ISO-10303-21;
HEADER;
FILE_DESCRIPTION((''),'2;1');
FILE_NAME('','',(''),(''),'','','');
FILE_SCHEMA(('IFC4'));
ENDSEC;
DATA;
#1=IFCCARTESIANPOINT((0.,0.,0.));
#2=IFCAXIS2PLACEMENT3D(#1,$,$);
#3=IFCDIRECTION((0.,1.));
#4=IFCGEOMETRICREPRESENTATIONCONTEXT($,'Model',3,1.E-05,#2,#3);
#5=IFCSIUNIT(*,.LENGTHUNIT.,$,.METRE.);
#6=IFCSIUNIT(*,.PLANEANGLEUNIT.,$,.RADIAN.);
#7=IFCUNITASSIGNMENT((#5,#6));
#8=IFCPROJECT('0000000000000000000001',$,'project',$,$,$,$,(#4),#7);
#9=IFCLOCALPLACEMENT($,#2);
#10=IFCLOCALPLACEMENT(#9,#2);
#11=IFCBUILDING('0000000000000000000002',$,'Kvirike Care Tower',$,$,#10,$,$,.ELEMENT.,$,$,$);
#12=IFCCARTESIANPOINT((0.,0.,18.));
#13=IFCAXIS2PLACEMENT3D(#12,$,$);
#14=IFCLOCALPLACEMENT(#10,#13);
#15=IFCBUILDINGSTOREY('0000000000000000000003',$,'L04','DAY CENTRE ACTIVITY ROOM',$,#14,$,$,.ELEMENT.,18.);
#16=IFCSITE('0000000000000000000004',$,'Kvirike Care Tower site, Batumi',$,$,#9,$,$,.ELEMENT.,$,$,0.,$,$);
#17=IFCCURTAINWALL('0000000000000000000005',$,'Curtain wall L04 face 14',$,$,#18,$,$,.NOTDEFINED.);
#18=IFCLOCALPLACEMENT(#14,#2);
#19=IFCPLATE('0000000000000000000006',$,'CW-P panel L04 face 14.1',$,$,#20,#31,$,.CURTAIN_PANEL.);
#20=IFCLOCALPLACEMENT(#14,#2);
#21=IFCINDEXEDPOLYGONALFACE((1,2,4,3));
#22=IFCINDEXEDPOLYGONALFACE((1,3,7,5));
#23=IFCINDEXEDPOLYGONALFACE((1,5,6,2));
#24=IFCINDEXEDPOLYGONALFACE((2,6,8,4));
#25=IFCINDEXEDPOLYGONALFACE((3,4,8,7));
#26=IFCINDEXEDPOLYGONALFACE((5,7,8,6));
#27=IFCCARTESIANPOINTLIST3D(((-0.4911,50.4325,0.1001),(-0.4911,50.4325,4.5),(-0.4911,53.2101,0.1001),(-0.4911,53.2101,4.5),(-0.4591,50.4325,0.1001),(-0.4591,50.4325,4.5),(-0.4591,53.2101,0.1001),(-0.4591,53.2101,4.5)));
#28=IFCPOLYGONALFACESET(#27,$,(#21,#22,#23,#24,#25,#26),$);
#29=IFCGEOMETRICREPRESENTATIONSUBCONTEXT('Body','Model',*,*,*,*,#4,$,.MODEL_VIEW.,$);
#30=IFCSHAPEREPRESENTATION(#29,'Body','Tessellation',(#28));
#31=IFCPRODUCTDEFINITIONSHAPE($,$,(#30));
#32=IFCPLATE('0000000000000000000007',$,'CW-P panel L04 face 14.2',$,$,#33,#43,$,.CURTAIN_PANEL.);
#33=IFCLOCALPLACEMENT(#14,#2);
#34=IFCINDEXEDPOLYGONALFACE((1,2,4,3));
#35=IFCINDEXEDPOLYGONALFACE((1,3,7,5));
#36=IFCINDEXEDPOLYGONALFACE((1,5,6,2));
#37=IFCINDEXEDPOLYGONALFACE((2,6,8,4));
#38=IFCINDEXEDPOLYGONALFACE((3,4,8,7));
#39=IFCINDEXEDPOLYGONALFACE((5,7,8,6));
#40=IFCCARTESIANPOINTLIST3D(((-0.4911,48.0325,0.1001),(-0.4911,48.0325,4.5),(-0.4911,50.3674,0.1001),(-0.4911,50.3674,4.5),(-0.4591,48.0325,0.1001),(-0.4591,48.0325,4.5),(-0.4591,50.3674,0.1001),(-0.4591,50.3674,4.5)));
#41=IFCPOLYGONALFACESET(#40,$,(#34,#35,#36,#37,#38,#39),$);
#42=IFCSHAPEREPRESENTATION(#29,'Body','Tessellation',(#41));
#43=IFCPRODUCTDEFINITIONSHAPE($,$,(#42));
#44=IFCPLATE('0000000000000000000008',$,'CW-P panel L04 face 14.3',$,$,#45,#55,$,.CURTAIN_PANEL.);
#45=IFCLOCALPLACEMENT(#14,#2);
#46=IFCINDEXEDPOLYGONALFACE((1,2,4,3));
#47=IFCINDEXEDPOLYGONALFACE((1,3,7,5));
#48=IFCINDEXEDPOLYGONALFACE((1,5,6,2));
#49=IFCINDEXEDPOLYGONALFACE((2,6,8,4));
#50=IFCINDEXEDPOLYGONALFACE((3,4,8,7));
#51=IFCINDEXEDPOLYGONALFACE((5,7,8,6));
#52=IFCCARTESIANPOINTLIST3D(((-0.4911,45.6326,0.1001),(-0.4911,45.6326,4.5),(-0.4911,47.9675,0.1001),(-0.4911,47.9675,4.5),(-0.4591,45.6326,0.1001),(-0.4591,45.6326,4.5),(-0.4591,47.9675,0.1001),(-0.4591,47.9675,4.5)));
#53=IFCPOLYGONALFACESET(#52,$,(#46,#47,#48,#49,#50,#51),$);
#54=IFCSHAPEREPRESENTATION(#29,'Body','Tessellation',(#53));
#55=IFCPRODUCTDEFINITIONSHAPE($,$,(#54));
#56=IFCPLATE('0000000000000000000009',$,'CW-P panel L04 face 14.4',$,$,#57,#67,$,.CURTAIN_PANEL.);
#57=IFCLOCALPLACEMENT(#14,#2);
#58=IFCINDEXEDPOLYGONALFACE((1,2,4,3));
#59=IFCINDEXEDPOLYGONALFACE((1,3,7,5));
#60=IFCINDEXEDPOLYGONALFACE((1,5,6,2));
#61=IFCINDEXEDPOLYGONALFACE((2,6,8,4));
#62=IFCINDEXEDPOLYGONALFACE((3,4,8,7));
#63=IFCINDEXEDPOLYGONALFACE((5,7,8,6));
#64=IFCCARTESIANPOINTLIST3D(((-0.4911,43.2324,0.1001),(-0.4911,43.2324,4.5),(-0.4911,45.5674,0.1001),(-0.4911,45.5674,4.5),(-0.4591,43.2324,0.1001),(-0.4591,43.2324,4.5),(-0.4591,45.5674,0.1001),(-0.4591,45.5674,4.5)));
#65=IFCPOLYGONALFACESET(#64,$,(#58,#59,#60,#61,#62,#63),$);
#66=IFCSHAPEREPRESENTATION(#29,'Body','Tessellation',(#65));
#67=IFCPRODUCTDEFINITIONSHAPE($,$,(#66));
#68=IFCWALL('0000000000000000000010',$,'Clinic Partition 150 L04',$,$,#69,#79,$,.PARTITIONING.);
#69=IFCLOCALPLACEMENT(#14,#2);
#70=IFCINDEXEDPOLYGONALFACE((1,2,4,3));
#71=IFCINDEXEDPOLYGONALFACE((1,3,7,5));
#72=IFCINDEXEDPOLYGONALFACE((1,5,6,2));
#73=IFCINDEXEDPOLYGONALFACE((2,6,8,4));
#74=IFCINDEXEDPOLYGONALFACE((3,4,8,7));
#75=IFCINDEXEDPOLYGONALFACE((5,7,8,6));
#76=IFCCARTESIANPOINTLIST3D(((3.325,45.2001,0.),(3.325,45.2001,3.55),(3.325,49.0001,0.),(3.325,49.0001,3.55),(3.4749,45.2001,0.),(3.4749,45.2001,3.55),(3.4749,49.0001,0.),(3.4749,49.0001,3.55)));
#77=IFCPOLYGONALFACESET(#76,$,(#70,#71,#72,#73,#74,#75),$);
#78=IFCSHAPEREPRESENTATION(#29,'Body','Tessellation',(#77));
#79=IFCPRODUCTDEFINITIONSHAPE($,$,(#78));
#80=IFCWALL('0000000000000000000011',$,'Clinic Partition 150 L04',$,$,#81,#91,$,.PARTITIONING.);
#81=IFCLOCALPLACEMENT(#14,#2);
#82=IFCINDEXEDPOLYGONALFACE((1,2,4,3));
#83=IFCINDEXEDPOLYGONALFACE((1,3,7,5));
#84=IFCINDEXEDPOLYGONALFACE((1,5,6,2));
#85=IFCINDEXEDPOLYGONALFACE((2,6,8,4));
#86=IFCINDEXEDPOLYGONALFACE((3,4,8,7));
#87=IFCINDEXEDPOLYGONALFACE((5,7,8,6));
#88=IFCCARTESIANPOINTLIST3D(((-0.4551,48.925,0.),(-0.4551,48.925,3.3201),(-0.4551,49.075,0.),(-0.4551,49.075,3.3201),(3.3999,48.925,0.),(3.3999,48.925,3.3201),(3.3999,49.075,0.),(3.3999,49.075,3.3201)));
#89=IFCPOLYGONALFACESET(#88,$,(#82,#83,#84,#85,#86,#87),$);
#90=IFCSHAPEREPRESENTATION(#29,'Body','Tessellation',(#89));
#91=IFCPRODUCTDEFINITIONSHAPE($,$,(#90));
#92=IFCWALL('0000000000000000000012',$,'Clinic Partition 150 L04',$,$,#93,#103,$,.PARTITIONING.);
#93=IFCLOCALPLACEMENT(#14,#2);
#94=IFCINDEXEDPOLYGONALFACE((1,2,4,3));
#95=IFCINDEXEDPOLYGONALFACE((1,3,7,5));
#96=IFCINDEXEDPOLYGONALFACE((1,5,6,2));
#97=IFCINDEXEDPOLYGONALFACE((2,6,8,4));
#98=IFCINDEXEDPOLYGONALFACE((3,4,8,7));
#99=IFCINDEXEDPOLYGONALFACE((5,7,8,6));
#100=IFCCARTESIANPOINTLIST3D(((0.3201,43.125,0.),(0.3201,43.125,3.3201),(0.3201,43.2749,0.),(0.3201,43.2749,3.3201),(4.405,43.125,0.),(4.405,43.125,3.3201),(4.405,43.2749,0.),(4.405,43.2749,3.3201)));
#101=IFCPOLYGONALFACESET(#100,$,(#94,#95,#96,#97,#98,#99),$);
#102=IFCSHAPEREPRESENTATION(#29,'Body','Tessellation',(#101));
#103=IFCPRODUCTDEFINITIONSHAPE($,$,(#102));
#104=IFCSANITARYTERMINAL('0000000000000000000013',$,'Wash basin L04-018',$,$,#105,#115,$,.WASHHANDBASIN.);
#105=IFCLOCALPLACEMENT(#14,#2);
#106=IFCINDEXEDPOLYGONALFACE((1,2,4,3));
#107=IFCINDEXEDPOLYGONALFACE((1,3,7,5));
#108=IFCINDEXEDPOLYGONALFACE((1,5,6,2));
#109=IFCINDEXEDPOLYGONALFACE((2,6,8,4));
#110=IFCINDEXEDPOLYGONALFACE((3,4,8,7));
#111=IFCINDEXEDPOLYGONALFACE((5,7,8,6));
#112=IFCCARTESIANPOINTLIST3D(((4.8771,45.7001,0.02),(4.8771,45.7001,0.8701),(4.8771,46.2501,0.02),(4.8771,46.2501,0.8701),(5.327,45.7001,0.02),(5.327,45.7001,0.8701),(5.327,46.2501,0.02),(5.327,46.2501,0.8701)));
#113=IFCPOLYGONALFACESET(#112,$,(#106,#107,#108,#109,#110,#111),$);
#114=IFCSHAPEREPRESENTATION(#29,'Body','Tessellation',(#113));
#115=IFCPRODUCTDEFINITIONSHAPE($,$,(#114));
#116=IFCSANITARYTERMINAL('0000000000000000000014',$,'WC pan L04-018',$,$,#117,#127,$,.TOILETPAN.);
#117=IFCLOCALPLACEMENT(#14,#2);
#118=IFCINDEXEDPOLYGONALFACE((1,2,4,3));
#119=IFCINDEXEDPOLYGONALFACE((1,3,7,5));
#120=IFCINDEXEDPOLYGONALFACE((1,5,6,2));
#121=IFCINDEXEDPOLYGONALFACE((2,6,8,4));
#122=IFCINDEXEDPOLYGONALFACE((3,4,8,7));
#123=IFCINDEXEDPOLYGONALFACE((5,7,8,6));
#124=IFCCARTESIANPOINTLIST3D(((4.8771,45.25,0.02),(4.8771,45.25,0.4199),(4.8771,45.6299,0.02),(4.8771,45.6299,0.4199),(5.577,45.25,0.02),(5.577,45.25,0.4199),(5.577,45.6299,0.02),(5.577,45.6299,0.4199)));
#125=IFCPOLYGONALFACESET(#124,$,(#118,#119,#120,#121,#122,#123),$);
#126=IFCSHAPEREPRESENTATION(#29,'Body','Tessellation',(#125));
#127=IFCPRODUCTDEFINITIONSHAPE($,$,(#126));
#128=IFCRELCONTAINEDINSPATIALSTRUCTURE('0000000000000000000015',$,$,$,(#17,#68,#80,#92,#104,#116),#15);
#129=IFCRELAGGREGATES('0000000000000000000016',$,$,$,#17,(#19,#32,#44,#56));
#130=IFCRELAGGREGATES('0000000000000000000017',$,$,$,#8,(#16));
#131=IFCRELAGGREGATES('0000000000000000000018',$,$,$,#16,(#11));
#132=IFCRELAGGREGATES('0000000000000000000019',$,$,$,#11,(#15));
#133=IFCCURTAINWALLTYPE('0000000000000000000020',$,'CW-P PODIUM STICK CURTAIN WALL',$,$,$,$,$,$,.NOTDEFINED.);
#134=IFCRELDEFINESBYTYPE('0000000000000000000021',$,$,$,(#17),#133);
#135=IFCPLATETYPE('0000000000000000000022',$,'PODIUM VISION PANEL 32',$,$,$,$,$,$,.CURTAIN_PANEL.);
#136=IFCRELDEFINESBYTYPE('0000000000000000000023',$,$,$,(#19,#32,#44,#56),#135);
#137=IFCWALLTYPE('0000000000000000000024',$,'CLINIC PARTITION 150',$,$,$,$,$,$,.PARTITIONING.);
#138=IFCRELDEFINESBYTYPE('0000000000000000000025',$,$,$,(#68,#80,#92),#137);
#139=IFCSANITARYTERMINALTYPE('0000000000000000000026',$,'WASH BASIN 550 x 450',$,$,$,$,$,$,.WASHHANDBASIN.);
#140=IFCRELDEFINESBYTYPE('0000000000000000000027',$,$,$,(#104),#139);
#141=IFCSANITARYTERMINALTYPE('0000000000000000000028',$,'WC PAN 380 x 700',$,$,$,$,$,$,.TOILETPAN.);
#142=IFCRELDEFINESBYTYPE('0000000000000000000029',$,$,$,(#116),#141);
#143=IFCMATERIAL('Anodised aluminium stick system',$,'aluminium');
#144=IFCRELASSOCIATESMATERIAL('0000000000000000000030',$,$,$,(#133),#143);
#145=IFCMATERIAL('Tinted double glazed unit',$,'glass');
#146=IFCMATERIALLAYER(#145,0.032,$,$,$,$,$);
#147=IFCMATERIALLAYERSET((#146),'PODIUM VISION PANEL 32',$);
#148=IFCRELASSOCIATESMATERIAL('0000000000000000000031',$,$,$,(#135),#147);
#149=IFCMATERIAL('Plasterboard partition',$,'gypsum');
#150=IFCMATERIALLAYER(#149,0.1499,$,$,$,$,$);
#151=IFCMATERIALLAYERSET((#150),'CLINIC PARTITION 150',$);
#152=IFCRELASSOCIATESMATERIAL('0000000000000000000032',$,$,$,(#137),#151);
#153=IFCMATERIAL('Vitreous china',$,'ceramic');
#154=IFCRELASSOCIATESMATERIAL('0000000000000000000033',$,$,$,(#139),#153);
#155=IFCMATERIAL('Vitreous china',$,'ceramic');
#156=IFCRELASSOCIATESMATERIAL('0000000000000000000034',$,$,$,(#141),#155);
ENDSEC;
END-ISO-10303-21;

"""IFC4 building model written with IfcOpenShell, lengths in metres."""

from ifc_helpers import new_model, si_unit, direction, frame, frame_2d, origin, origin_2d, place, context, subcontext, project, spatial, rectangle, extrude, material, layer, layer_set, type_object, element, aggregate, save


model = new_model("IFC4")

# Units and contexts
model_context = context("Model", 3, precision=1e-05, world=origin(), true_north=direction((0.0, 1.0)))
body_context = subcontext(model_context, "Body", "Model", "MODEL_VIEW")
ifc_project = project(units=[si_unit("LENGTHUNIT", "METRE"), si_unit("PLANEANGLEUNIT", "RADIAN")], contexts=[model_context])

# Site, building, storey
site_placement = place(None, origin())
site = spatial("IfcSite", under=ifc_project, at=site_placement, Name="Kvirike Care Tower site, Batumi", CompositionType="ELEMENT", RefElevation=0.0)
building_placement = place(site_placement, origin())
building = spatial("IfcBuilding", under=site, at=building_placement, Name="Kvirike Care Tower", CompositionType="ELEMENT")
storey_placement = place(building_placement, frame((0.0, 0.0, 18.0)))
storey = spatial("IfcBuildingStorey", under=building, at=storey_placement, Name="L04", Description="DAY CENTRE ACTIVITY ROOM", CompositionType="ELEMENT", Elevation=18.0)

# Curtain wall
ifc_material_1 = material(Name="Anodised aluminium stick system", Category="aluminium")
curtain_wall_type = type_object("IfcCurtainWallType", Name="CW-P PODIUM STICK CURTAIN WALL", PredefinedType="NOTDEFINED", material=ifc_material_1)
curtain_wall_placement = place(storey_placement, origin())
curtain_wall = element("IfcCurtainWall", 1, at=curtain_wall_placement, inside=storey, type_object=curtain_wall_type, Name="Curtain wall L04 face 14", PredefinedType="NOTDEFINED")

# Plates
ifc_material_2 = material(Name="Tinted double glazed unit", Category="glass")
ifc_layer_1 = layer(ifc_material_2, 0.032)
ifc_layer_set_1 = layer_set([ifc_layer_1], Name="PODIUM VISION PANEL 32")
plate_type = type_object("IfcPlateType", Name="PODIUM VISION PANEL 32", PredefinedType="CURTAIN_PANEL", material=ifc_layer_set_1)
plate_1_placement = place(storey_placement, frame((-0.4751, 51.8213, 0.1001), z_axis=(0.0, 0.0, 1.0), x_axis=(0.0, -1.0, 0.0)))
plate_1 = element("IfcPlate", 2, at=plate_1_placement, type_object=plate_type, Name="CW-P panel L04 face 14.1", PredefinedType="CURTAIN_PANEL", context=body_context, shape_type="SweptSolid", body=[
    extrude(rectangle(XDim=2.7776, YDim=0.032, at=origin_2d()), origin(), (0.0, 0.0, 1.0), 4.3999),
])
plate_2_placement = place(storey_placement, frame((-0.4751, 49.2, 0.1001), z_axis=(0.0, 0.0, 1.0), x_axis=(0.0, -1.0, 0.0)))
plate_2 = element("IfcPlate", 3, at=plate_2_placement, type_object=plate_type, Name="CW-P panel L04 face 14.2", PredefinedType="CURTAIN_PANEL", context=body_context, shape_type="SweptSolid", body=[
    extrude(rectangle(XDim=2.335, YDim=0.032, at=origin_2d()), origin(), (0.0, 0.0, 1.0), 4.3999),
])
plate_3_placement = place(storey_placement, frame((-0.4751, 46.8, 0.1001), z_axis=(0.0, 0.0, 1.0), x_axis=(0.0, -1.0, 0.0)))
plate_3 = element("IfcPlate", 4, at=plate_3_placement, type_object=plate_type, Name="CW-P panel L04 face 14.3", PredefinedType="CURTAIN_PANEL", context=body_context, shape_type="SweptSolid", body=[
    extrude(rectangle(XDim=2.335, YDim=0.032, at=origin_2d()), origin(), (0.0, 0.0, 1.0), 4.3999),
])
plate_4_placement = place(storey_placement, frame((-0.4751, 44.3999, 0.1001), z_axis=(0.0, 0.0, 1.0), x_axis=(0.0, -1.0, 0.0)))
plate_4 = element("IfcPlate", 5, at=plate_4_placement, type_object=plate_type, Name="CW-P panel L04 face 14.4", PredefinedType="CURTAIN_PANEL", context=body_context, shape_type="SweptSolid", body=[
    extrude(rectangle(XDim=2.335, YDim=0.032, at=origin_2d()), origin(), (0.0, 0.0, 1.0), 4.3999),
])
aggregate(curtain_wall, [plate_1, plate_2, plate_3, plate_4])

# Walls
ifc_material_3 = material(Name="Plasterboard partition", Category="gypsum")
ifc_layer_2 = layer(ifc_material_3, 0.1499)
ifc_layer_set_2 = layer_set([ifc_layer_2], Name="CLINIC PARTITION 150")
wall_type = type_object("IfcWallType", Name="CLINIC PARTITION 150", PredefinedType="PARTITIONING", material=ifc_layer_set_2)
wall_1_placement = place(storey_placement, frame((3.3999, 49.0, 0.0), z_axis=(0.0, 0.0, 1.0), x_axis=(0.0, -1.0, 0.0)))
element("IfcWall", 6, at=wall_1_placement, inside=storey, type_object=wall_type, Name="Clinic Partition 150 L04", PredefinedType="PARTITIONING", context=body_context, shape_type="SweptSolid", body=[
    extrude(rectangle(XDim=3.8, YDim=0.1499, at=frame_2d((1.8999, 0.0))), origin(), (0.0, 0.0, 1.0), 3.55),
])
wall_2_placement = place(storey_placement, frame((3.3999, 49.0, 0.0), z_axis=(0.0, 0.0, 1.0), x_axis=(-1.0, 0.0, 0.0)))
element("IfcWall", 7, at=wall_2_placement, inside=storey, type_object=wall_type, Name="Clinic Partition 150 L04", PredefinedType="PARTITIONING", context=body_context, shape_type="SweptSolid", body=[
    extrude(rectangle(XDim=3.855, YDim=0.1499, at=frame_2d((1.9275, 0.0))), origin(), (0.0, 0.0, 1.0), 3.3201),
])
wall_3_placement = place(storey_placement, frame((4.405, 43.2, 0.0), z_axis=(0.0, 0.0, 1.0), x_axis=(-1.0, 0.0, 0.0)))
element("IfcWall", 8, at=wall_3_placement, inside=storey, type_object=wall_type, Name="Clinic Partition 150 L04", PredefinedType="PARTITIONING", context=body_context, shape_type="SweptSolid", body=[
    extrude(rectangle(XDim=4.085, YDim=0.1499, at=frame_2d((2.0425, 0.0))), origin(), (0.0, 0.0, 1.0), 3.3201),
])

# Sanitary terminals
ifc_material_4 = material(Name="Vitreous china", Category="ceramic")
sanitary_terminal_type_1 = type_object("IfcSanitaryTerminalType", Name="WASH BASIN 550 x 450", PredefinedType="WASHHANDBASIN", material=ifc_material_4)
sanitary_terminal_1_placement = place(storey_placement, frame((5.1021, 45.9751, 0.02), z_axis=(0.0, 0.0, 1.0), x_axis=(0.0, 1.0, 0.0)))
element("IfcSanitaryTerminal", 9, at=sanitary_terminal_1_placement, inside=storey, type_object=sanitary_terminal_type_1, Name="Wash basin L04-018", PredefinedType="WASHHANDBASIN", context=body_context, shape_type="SweptSolid", body=[
    extrude(rectangle(XDim=0.55, YDim=0.45, at=origin_2d()), origin(), (0.0, 0.0, 1.0), 0.8501),
])
ifc_material_5 = material(Name="Vitreous china", Category="ceramic")
sanitary_terminal_type_2 = type_object("IfcSanitaryTerminalType", Name="WC PAN 380 x 700", PredefinedType="TOILETPAN", material=ifc_material_5)
sanitary_terminal_2_placement = place(storey_placement, frame((5.2271, 45.4399, 0.02), z_axis=(0.0, 0.0, 1.0), x_axis=(0.0, 1.0, 0.0)))
element("IfcSanitaryTerminal", 10, at=sanitary_terminal_2_placement, inside=storey, type_object=sanitary_terminal_type_2, Name="WC pan L04-018", PredefinedType="TOILETPAN", context=body_context, shape_type="SweptSolid", body=[
    extrude(rectangle(XDim=0.3799, YDim=0.7, at=origin_2d()), origin(), (0.0, 0.0, 1.0), 0.3999),
])

save(model, "model.ifc")
